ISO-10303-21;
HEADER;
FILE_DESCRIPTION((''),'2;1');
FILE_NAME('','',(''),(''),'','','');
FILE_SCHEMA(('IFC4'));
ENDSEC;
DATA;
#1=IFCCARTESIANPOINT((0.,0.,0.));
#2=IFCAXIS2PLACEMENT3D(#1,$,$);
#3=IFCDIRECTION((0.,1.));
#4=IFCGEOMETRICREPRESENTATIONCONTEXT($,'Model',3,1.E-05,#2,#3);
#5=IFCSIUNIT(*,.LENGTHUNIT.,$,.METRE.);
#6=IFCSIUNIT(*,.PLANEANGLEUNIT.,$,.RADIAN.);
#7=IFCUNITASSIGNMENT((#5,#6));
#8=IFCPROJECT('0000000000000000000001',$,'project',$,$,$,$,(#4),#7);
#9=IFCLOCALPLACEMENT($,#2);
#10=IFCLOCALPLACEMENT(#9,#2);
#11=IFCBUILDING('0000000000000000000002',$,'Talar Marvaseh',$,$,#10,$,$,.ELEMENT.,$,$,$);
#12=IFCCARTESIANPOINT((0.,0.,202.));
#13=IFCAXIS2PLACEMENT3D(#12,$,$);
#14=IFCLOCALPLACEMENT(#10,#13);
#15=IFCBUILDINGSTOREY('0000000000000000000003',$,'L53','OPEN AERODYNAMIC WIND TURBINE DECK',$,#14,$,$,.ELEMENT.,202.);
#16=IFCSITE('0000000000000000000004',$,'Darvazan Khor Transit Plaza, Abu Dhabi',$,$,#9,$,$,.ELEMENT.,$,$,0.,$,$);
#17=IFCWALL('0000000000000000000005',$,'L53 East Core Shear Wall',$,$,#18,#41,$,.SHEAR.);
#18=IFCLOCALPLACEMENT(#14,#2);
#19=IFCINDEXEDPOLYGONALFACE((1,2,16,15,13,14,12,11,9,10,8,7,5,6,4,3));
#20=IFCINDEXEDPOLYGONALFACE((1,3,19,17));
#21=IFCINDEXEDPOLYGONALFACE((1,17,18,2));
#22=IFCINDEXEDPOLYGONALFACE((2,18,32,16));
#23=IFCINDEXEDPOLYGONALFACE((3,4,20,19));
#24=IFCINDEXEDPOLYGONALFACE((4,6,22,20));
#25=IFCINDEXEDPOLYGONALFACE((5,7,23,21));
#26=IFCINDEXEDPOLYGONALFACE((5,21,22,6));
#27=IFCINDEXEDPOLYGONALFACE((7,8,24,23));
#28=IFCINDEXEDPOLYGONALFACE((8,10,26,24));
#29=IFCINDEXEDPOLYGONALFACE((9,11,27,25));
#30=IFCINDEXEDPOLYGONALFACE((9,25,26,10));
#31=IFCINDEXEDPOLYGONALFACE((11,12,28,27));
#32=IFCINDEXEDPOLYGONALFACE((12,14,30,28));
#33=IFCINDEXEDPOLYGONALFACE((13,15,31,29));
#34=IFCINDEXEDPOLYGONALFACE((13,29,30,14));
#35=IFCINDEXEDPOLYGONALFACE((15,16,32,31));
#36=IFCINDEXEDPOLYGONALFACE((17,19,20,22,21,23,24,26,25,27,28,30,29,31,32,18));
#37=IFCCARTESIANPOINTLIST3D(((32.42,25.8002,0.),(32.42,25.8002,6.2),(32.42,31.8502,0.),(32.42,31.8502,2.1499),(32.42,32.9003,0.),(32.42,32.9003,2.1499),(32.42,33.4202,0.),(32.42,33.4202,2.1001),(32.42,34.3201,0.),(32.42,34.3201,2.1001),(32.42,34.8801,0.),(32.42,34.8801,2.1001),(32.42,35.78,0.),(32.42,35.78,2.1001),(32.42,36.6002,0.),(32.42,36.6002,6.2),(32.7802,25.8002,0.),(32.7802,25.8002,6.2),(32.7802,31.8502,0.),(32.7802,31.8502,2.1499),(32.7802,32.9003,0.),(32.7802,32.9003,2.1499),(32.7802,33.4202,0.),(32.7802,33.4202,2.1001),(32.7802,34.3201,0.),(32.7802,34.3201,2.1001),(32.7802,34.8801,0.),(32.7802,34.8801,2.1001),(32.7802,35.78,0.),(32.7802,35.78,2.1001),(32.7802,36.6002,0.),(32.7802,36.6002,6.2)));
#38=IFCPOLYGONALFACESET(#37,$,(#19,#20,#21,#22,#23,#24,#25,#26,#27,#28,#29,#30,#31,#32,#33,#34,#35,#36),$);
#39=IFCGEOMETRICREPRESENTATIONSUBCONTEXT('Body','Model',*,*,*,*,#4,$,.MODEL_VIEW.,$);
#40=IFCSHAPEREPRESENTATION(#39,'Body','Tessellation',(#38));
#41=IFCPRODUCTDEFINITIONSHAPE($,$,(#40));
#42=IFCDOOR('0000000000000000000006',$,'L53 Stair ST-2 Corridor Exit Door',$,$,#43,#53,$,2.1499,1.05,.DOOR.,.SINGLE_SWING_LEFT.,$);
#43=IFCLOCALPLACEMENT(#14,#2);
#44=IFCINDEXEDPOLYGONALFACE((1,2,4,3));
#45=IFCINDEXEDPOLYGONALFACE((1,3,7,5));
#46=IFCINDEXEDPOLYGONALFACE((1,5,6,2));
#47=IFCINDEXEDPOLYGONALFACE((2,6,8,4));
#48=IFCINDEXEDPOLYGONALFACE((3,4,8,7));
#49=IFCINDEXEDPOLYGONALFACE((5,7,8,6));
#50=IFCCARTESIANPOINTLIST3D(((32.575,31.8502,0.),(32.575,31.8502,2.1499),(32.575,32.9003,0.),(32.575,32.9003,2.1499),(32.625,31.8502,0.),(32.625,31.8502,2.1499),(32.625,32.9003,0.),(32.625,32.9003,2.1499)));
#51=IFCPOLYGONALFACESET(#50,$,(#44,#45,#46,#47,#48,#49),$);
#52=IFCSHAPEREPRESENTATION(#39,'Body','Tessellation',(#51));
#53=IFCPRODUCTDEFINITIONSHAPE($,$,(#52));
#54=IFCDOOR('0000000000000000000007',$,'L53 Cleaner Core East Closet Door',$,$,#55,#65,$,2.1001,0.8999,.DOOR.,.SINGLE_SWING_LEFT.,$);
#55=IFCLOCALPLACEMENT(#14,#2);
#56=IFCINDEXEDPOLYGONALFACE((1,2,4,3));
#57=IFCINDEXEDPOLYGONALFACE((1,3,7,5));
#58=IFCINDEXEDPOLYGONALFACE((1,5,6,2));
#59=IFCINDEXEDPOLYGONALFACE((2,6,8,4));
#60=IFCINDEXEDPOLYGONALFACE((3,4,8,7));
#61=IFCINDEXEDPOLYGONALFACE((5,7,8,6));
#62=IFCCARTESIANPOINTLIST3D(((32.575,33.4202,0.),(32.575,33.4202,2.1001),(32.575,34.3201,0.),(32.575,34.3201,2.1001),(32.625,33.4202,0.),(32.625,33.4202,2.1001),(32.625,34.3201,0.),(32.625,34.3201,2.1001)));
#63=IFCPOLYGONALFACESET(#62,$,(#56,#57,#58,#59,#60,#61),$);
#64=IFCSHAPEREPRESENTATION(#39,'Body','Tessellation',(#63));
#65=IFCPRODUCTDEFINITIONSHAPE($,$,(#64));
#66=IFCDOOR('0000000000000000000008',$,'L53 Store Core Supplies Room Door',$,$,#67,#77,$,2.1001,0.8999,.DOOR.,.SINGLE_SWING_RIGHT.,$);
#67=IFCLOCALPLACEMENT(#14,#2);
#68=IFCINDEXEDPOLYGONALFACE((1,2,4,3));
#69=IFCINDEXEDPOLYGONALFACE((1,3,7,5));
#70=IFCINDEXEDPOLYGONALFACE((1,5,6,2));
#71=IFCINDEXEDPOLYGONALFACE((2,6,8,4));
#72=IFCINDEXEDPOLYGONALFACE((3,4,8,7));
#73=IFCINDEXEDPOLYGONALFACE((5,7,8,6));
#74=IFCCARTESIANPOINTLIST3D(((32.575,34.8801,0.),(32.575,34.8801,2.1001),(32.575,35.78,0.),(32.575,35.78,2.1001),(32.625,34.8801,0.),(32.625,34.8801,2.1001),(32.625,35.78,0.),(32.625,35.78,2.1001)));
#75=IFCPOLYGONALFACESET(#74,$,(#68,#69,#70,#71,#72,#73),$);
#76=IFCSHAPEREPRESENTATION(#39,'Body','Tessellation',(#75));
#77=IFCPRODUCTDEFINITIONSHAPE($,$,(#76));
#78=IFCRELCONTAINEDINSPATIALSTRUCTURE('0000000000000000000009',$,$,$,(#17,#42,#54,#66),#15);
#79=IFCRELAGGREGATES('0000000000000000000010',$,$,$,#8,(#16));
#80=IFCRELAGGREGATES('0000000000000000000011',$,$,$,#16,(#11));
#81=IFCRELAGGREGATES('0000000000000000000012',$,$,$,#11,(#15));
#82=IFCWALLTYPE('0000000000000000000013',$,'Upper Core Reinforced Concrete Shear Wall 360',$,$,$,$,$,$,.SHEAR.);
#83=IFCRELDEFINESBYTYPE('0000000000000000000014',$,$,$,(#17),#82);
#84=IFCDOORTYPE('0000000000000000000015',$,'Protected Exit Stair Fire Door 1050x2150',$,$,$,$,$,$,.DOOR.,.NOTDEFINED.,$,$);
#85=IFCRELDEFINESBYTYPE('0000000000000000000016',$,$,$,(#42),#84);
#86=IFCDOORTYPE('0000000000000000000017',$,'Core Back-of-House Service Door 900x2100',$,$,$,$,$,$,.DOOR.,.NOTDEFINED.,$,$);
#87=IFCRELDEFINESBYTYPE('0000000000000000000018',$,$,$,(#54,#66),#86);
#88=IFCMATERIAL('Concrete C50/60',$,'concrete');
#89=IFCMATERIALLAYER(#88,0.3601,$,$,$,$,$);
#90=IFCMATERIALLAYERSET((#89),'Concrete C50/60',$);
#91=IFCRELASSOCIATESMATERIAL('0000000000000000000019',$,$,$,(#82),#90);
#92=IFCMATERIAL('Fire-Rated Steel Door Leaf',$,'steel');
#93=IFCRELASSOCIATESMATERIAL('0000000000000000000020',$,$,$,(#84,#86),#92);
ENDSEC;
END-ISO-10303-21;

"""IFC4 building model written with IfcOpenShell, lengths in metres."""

from ifc_helpers import new_model, si_unit, direction, frame, frame_2d, origin, place, context, subcontext, project, spatial, rectangle, extrude, source, transform, mapped, material, layer, layer_set, type_object, type_shapes, element, fill, save


model = new_model("IFC4")

# Units and contexts
model_context = context("Model", 3, precision=1e-05, world=origin(), true_north=direction((0.0, 1.0)))
body_context = subcontext(model_context, "Body", "Model", "MODEL_VIEW")
ifc_project = project(units=[si_unit("LENGTHUNIT", "METRE"), si_unit("PLANEANGLEUNIT", "RADIAN")], contexts=[model_context])

# Site, building, storey
site_placement = place(None, origin())
site = spatial("IfcSite", under=ifc_project, at=site_placement, Name="Darvazan Khor Transit Plaza, Abu Dhabi", CompositionType="ELEMENT", RefElevation=0.0)
building_placement = place(site_placement, origin())
building = spatial("IfcBuilding", under=site, at=building_placement, Name="Talar Marvaseh", CompositionType="ELEMENT")
storey_placement = place(building_placement, frame((0.0, 0.0, 202.0)))
storey = spatial("IfcBuildingStorey", under=building, at=storey_placement, Name="L53", Description="OPEN AERODYNAMIC WIND TURBINE DECK", CompositionType="ELEMENT", Elevation=202.0)

# Wall, openings, doors
ifc_material_1 = material(Name="Concrete C50/60", Category="concrete")
ifc_layer_1 = layer(ifc_material_1, 0.3601)
ifc_layer_set_1 = layer_set([ifc_layer_1], Name="Concrete C50/60")
wall_type_1 = type_object("IfcWallType", Name="Upper Core Reinforced Concrete Shear Wall 360", PredefinedType="SHEAR", material=ifc_layer_set_1)
wall_1_placement = place(storey_placement, frame((32.6001, 36.6001, 0.0), z_axis=(0.0, 0.0, 1.0), x_axis=(0.0, -1.0, 0.0)))
wall_1 = element("IfcWall", 1, at=wall_1_placement, inside=storey, type_object=wall_type_1, Name="L53 East Core Shear Wall", PredefinedType="SHEAR", context=body_context, shape_type="SweptSolid", body=[
    extrude(rectangle(XDim=10.8, YDim=0.3601, at=frame_2d((5.3999, 0.0))), origin(), (0.0, 0.0, 1.0), 6.2),
])
opening_1_placement = place(wall_1_placement, frame((3.7, 0.0, 0.0)))
opening_1 = element("IfcOpeningElement", 2, at=opening_1_placement, cuts=wall_1, PredefinedType="OPENING", context=body_context, shape_type="SweptSolid", body=[
    extrude(rectangle(XDim=1.05, YDim=2.1499, at=frame_2d((0.5249, 1.075))), frame((0.0, 0.1899, 0.0), z_axis=(0.0, -1.0, 0.0), x_axis=(1.0, 0.0, 0.0)), (0.0, 0.0, 1.0), 0.3801),
])
opening_2_placement = place(wall_1_placement, frame((2.28, 0.0, 0.0)))
opening_2 = element("IfcOpeningElement", 3, at=opening_2_placement, cuts=wall_1, PredefinedType="OPENING", context=body_context, shape_type="SweptSolid", body=[
    extrude(rectangle(XDim=0.8999, YDim=2.1001, at=frame_2d((0.45, 1.05))), frame((0.0, 0.1899, 0.0), z_axis=(0.0, -1.0, 0.0), x_axis=(1.0, 0.0, 0.0)), (0.0, 0.0, 1.0), 0.3801),
])
opening_3_placement = place(wall_1_placement, frame((0.8201, 0.0, 0.0)))
opening_3 = element("IfcOpeningElement", 4, at=opening_3_placement, cuts=wall_1, PredefinedType="OPENING", context=body_context, shape_type="SweptSolid", body=[
    extrude(rectangle(XDim=0.8999, YDim=2.1001, at=frame_2d((0.45, 1.05))), frame((0.0, 0.1899, 0.0), z_axis=(0.0, -1.0, 0.0), x_axis=(1.0, 0.0, 0.0)), (0.0, 0.0, 1.0), 0.3801),
])
ifc_material_2 = material(Name="Fire-Rated Steel Door Leaf", Category="steel")
door_type_1 = type_object("IfcDoorType", Name="Protected Exit Stair Fire Door 1050x2150", OperationType="NOTDEFINED", PredefinedType="DOOR", material=ifc_material_2)
shared_shape_1 = source(origin(), body_context, "Body", "SweptSolid", [
    extrude(rectangle(XDim=1.05, YDim=2.1499, at=frame_2d((0.5249, 1.075))), frame((0.0, 0.0249, 0.0), z_axis=(0.0, -1.0, 0.0), x_axis=(1.0, 0.0, 0.0)), (0.0, 0.0, 1.0), 0.05),
])
type_shapes(door_type_1, [shared_shape_1])
door_1_placement = place(opening_1_placement, origin())
door_1 = element("IfcDoor", 5, at=door_1_placement, inside=storey, type_object=door_type_1, Name="L53 Stair ST-2 Corridor Exit Door", OperationType="SINGLE_SWING_LEFT", OverallHeight=2.1499, OverallWidth=1.05, PredefinedType="DOOR", context=body_context, shape_type="MappedRepresentation", body=[
    mapped(shared_shape_1, transform((0.0, 0.0, 0.0), x_axis=(1.0, 0.0, 0.0), y_axis=(0.0, 1.0, 0.0), z_axis=(0.0, 0.0, 1.0), scale=1.0)),
])
fill(opening_1, door_1)
door_type_2 = type_object("IfcDoorType", Name="Core Back-of-House Service Door 900x2100", OperationType="NOTDEFINED", PredefinedType="DOOR", material=ifc_material_2)
shared_shape_2 = source(origin(), body_context, "Body", "SweptSolid", [
    extrude(rectangle(XDim=0.8999, YDim=2.1001, at=frame_2d((0.45, 1.05))), frame((0.0, 0.0249, 0.0), z_axis=(0.0, -1.0, 0.0), x_axis=(1.0, 0.0, 0.0)), (0.0, 0.0, 1.0), 0.05),
])
type_shapes(door_type_2, [shared_shape_2])
door_2_placement = place(opening_2_placement, origin())
door_2 = element("IfcDoor", 6, at=door_2_placement, inside=storey, type_object=door_type_2, Name="L53 Cleaner Core East Closet Door", OperationType="SINGLE_SWING_LEFT", OverallHeight=2.1001, OverallWidth=0.8999, PredefinedType="DOOR", context=body_context, shape_type="MappedRepresentation", body=[
    mapped(shared_shape_2, transform((0.0, 0.0, 0.0), x_axis=(1.0, 0.0, 0.0), y_axis=(0.0, 1.0, 0.0), z_axis=(0.0, 0.0, 1.0), scale=1.0)),
])
fill(opening_2, door_2)
door_3_placement = place(opening_3_placement, origin())
door_3 = element("IfcDoor", 7, at=door_3_placement, inside=storey, type_object=door_type_2, Name="L53 Store Core Supplies Room Door", OperationType="SINGLE_SWING_RIGHT", OverallHeight=2.1001, OverallWidth=0.8999, PredefinedType="DOOR", context=body_context, shape_type="MappedRepresentation", body=[
    mapped(shared_shape_2, transform((0.0, 0.0, 0.0), x_axis=(1.0, 0.0, 0.0), y_axis=(0.0, 1.0, 0.0), z_axis=(0.0, 0.0, 1.0), scale=1.0)),
])
fill(opening_3, door_3)

save(model, "model.ifc")
